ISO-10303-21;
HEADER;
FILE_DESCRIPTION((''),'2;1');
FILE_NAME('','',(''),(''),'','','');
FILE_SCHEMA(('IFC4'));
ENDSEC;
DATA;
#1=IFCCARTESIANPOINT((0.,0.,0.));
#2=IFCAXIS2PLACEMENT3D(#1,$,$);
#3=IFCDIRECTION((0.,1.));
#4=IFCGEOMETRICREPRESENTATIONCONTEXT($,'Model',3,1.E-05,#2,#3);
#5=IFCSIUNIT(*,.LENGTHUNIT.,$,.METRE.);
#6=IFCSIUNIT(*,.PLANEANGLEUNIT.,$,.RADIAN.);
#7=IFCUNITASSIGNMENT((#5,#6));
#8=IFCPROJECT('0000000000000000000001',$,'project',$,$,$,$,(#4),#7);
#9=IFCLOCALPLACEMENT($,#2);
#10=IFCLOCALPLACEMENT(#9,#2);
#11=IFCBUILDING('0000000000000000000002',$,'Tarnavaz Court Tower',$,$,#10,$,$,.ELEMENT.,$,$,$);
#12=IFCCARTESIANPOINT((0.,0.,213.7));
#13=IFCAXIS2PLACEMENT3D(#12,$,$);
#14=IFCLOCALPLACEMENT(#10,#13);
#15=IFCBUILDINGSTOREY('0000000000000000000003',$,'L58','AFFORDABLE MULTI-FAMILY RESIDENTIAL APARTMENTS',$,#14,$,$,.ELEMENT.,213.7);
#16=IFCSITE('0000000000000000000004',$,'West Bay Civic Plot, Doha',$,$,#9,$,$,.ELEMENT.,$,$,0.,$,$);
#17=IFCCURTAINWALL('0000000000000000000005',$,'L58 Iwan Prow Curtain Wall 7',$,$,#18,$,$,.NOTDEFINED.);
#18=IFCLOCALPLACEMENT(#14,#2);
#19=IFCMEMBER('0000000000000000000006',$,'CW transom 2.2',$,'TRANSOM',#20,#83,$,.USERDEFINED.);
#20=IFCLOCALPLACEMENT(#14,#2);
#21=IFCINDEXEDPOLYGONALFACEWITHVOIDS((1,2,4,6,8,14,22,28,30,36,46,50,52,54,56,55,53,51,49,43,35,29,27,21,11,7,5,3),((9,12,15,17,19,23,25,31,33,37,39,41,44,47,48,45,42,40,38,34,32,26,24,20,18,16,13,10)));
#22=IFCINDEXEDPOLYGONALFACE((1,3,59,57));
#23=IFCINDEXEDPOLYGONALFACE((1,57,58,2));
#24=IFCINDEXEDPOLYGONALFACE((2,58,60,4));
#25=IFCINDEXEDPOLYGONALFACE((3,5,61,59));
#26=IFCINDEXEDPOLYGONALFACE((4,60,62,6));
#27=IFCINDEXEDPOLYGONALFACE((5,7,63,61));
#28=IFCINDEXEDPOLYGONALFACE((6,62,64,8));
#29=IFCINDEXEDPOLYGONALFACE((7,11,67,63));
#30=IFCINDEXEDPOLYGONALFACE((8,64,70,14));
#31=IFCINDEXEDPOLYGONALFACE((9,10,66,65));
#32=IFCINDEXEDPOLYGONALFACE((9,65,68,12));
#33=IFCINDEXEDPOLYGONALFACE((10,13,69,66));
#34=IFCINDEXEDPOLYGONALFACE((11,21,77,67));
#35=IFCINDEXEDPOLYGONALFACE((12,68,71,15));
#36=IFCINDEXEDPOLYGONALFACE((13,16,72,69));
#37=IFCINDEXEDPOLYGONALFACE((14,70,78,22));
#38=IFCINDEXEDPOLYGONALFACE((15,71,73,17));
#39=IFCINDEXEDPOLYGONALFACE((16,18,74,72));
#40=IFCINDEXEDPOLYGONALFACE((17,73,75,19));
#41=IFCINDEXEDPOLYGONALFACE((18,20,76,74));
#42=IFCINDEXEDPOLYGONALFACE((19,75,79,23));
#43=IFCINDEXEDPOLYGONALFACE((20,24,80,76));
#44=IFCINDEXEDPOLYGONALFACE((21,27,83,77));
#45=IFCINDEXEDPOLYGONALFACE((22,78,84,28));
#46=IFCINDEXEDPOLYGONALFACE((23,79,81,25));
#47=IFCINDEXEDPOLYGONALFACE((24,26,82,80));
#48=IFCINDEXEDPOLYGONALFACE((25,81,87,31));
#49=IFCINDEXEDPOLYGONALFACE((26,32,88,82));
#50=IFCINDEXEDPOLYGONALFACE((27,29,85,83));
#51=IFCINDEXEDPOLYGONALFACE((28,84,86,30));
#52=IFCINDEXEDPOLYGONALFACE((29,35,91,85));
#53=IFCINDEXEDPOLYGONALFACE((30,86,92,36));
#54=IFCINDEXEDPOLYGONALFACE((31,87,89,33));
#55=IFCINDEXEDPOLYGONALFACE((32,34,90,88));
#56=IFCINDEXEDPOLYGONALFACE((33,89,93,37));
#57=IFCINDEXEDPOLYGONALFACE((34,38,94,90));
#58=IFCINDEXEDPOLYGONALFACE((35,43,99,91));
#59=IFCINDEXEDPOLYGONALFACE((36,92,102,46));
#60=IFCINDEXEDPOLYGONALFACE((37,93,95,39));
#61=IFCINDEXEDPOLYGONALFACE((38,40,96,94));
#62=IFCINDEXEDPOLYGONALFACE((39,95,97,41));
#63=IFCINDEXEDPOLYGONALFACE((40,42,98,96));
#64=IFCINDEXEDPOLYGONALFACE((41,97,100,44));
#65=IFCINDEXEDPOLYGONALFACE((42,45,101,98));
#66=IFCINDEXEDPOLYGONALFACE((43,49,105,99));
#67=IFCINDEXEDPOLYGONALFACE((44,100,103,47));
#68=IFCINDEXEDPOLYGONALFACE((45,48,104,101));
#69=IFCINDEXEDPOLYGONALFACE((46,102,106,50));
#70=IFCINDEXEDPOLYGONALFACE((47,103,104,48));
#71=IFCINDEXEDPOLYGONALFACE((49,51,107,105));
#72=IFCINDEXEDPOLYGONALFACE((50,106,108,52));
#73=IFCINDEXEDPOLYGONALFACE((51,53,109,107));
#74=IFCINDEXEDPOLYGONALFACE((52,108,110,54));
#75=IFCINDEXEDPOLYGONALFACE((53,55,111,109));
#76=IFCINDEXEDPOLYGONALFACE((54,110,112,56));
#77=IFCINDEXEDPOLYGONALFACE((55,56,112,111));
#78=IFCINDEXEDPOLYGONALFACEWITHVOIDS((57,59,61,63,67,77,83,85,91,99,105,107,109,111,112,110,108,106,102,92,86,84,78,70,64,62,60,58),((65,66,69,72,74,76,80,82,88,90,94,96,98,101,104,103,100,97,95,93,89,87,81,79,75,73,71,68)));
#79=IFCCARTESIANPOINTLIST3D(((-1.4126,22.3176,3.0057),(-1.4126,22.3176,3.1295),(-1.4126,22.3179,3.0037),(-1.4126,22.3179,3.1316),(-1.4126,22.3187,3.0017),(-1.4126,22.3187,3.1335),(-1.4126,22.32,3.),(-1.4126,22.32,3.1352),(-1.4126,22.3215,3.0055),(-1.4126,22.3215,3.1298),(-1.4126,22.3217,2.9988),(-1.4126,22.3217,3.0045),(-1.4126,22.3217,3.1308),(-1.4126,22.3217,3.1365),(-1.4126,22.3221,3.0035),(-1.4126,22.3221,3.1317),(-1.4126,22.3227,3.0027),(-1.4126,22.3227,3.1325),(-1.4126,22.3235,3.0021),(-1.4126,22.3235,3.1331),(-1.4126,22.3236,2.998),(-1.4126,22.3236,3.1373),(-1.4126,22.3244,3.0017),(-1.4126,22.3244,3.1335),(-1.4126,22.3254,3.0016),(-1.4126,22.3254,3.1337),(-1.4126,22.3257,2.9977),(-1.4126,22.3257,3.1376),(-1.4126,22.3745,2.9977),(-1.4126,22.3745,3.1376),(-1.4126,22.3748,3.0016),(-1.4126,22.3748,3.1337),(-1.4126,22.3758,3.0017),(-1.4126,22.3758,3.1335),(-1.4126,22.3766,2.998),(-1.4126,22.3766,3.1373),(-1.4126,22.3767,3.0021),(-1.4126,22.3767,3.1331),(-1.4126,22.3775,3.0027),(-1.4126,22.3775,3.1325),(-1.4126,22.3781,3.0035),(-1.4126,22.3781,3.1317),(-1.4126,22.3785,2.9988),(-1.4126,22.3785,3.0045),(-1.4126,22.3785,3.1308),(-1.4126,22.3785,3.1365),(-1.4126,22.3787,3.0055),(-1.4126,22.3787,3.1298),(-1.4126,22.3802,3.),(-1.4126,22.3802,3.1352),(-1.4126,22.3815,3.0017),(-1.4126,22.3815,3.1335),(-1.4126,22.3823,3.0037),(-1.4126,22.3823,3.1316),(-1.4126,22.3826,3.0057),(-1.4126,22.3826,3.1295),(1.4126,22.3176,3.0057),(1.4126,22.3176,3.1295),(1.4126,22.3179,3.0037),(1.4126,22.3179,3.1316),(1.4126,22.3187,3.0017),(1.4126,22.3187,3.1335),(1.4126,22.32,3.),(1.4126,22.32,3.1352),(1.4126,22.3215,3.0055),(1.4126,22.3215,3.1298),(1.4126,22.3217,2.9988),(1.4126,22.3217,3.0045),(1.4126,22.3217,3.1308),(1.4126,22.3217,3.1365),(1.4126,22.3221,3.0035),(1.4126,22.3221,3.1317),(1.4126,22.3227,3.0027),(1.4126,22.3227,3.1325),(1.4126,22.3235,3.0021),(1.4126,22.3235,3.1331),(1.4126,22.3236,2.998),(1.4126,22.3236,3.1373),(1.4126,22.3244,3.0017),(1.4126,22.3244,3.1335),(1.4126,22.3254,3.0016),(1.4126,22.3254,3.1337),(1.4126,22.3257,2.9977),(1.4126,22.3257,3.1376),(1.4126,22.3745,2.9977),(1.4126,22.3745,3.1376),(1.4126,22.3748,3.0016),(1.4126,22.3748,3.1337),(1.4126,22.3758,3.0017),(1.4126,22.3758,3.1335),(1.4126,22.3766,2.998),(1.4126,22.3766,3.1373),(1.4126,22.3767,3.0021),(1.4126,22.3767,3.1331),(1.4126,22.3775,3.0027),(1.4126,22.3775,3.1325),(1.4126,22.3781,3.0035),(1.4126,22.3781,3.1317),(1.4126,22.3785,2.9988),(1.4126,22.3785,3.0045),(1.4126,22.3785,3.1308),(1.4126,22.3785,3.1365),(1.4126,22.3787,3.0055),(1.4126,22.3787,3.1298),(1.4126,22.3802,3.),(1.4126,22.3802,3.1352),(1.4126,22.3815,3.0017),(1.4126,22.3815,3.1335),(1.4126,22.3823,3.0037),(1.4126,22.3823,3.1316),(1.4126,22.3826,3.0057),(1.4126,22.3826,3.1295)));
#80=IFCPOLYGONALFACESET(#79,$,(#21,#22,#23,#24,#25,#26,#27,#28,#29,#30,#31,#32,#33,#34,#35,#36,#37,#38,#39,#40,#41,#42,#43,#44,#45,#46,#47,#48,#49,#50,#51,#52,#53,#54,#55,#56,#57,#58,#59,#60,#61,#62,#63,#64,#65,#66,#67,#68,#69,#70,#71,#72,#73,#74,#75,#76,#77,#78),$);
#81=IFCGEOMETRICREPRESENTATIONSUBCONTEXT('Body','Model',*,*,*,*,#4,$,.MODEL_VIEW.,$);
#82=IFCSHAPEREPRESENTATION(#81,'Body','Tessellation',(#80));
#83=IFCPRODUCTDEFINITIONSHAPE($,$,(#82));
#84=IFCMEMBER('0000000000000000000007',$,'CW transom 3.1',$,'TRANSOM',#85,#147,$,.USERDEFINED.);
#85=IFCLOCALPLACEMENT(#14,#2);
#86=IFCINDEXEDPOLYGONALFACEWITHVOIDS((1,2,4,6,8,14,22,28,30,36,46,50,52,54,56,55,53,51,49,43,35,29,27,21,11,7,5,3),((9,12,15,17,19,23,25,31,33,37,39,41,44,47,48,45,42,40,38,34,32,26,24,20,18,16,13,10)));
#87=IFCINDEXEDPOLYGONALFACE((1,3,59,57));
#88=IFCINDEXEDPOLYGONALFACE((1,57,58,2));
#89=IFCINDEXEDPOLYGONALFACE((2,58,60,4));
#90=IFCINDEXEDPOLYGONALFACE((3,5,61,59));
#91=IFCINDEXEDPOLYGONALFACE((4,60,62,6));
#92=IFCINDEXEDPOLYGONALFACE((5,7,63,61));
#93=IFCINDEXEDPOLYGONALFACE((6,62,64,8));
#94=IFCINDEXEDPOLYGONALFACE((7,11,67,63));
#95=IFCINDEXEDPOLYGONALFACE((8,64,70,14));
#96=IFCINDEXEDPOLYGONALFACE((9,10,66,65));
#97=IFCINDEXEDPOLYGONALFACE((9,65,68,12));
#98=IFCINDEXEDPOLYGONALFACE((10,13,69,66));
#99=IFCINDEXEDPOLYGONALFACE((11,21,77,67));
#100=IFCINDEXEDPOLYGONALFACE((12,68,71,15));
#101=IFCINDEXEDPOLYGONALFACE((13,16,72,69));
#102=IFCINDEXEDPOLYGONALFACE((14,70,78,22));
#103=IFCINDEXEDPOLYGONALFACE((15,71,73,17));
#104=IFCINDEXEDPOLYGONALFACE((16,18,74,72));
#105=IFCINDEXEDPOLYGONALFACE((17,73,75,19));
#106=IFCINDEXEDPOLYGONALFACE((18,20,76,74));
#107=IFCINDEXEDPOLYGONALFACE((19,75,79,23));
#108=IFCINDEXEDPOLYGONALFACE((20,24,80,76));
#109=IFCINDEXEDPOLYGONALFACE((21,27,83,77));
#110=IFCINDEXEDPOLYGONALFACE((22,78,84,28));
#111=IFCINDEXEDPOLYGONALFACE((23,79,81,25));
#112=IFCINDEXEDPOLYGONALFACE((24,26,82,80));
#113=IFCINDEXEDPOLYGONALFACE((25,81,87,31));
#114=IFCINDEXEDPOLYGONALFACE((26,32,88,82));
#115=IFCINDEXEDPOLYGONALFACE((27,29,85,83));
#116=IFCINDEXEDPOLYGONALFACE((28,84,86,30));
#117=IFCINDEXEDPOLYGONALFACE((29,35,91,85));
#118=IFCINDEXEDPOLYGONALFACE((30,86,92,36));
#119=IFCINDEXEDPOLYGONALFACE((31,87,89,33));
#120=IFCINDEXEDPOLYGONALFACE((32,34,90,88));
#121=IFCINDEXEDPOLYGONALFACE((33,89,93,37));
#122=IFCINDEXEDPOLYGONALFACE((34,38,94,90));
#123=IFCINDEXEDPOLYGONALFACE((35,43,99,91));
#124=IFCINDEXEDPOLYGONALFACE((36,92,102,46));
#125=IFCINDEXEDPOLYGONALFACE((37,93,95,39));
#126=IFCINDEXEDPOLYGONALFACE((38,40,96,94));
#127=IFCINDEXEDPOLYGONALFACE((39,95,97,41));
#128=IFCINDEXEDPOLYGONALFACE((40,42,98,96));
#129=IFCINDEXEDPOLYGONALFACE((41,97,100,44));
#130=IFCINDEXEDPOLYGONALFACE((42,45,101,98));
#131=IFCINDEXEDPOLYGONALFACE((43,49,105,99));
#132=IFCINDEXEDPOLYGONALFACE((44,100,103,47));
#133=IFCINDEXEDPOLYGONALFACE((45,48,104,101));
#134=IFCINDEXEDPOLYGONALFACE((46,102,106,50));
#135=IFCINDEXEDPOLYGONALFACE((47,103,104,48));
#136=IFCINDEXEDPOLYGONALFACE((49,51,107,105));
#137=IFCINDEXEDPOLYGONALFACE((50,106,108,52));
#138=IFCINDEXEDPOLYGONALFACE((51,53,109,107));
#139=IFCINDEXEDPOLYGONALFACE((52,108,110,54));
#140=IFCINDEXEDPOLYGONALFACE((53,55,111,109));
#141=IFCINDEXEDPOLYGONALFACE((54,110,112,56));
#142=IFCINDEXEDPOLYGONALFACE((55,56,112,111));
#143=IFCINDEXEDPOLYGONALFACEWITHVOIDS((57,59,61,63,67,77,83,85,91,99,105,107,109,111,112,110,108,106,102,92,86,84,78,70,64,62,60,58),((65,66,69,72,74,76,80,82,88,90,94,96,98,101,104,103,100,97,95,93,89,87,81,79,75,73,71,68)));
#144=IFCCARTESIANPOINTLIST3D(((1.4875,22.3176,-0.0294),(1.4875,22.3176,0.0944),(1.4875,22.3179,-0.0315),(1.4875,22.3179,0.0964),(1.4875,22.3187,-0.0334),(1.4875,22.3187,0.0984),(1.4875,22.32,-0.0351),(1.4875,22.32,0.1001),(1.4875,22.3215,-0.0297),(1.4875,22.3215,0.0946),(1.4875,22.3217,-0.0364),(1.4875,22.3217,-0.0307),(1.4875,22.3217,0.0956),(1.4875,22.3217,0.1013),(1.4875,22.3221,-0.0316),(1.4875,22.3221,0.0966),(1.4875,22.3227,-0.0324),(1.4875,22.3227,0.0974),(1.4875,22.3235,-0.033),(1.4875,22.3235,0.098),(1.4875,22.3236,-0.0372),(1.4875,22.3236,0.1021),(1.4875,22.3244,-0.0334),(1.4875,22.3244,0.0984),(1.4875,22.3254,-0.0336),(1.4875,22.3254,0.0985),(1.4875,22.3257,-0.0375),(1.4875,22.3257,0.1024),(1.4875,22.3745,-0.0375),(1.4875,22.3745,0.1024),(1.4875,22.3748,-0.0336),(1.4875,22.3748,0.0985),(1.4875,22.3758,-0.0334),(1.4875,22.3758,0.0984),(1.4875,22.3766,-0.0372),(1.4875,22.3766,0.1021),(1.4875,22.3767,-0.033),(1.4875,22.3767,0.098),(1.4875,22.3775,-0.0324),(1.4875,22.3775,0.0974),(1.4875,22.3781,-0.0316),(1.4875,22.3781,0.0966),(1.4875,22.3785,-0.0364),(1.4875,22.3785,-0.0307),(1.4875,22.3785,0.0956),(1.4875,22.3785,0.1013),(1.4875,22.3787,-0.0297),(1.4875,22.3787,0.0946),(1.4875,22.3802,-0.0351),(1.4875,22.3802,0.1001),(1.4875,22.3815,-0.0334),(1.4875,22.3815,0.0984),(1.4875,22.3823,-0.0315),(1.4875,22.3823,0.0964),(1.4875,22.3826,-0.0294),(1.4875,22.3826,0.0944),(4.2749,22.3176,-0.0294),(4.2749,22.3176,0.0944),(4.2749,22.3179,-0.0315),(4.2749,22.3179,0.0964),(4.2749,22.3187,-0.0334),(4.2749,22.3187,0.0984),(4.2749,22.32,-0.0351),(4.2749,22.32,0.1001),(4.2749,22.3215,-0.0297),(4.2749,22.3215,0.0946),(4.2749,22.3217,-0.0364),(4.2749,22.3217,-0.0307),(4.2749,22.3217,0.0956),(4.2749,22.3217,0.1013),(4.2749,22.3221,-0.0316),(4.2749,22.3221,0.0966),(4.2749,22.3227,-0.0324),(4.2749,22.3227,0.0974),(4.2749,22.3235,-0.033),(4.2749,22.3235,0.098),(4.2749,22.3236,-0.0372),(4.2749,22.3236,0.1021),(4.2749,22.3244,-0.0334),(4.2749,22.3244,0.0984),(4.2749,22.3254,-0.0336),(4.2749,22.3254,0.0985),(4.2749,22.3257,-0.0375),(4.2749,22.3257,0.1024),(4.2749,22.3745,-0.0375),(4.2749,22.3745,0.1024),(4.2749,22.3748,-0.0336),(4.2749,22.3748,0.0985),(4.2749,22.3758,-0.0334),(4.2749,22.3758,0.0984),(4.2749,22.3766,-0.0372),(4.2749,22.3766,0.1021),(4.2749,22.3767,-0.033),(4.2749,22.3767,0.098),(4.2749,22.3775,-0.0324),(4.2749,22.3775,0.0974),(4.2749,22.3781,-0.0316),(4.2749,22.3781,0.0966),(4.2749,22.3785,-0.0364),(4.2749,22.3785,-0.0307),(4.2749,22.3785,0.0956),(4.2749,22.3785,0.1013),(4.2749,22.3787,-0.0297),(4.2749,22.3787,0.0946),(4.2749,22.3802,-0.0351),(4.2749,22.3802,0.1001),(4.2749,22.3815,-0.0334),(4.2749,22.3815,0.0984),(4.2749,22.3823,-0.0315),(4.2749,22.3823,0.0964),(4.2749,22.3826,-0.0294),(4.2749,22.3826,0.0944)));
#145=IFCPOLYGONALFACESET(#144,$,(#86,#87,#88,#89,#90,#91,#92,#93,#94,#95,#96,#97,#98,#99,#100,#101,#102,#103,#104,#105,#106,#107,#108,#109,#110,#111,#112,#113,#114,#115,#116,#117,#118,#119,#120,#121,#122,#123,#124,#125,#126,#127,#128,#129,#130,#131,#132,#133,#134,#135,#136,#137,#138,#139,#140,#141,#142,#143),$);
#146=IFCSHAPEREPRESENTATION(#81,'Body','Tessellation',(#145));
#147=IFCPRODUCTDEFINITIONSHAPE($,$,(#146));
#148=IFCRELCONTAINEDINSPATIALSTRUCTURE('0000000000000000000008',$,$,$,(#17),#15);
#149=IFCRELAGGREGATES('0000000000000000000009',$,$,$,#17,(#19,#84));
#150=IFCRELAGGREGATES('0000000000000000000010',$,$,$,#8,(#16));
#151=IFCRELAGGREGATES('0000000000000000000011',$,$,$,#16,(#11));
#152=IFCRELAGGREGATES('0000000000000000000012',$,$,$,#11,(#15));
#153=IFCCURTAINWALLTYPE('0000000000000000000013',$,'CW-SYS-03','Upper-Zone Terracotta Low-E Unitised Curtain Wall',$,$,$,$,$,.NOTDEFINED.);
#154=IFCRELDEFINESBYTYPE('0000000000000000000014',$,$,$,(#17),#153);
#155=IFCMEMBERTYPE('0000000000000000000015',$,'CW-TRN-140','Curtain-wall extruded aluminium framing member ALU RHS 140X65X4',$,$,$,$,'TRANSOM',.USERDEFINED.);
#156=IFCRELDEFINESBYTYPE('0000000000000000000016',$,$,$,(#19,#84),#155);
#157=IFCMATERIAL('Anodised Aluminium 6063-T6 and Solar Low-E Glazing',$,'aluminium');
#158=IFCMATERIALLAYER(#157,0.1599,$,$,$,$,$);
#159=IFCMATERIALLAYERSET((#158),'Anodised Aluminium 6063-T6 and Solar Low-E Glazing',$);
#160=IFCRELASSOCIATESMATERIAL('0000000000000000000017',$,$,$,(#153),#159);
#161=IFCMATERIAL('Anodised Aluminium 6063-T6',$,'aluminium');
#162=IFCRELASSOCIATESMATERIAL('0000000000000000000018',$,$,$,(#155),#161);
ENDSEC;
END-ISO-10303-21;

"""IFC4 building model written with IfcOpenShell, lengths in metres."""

from ifc_helpers import new_model, si_unit, direction, frame, origin, origin_2d, place, context, subcontext, project, spatial, hollow_rectangle, extrude, material, layer, layer_set, material_profile, profile_set, type_object, element, aggregate, save


model = new_model("IFC4")

# Units and contexts
model_context = context("Model", 3, precision=1e-05, world=origin(), true_north=direction((0.0, 1.0)))
body_context = subcontext(model_context, "Body", "Model", "MODEL_VIEW")
ifc_project = project(units=[si_unit("LENGTHUNIT", "METRE"), si_unit("PLANEANGLEUNIT", "RADIAN")], contexts=[model_context])

# Site, building, storey
site_placement = place(None, origin())
site = spatial("IfcSite", under=ifc_project, at=site_placement, Name="West Bay Civic Plot, Doha", CompositionType="ELEMENT", RefElevation=0.0)
building_placement = place(site_placement, origin())
building = spatial("IfcBuilding", under=site, at=building_placement, Name="Tarnavaz Court Tower", CompositionType="ELEMENT")
storey_placement = place(building_placement, frame((0.0, 0.0, 213.7)))
storey = spatial("IfcBuildingStorey", under=building, at=storey_placement, Name="L58", Description="AFFORDABLE MULTI-FAMILY RESIDENTIAL APARTMENTS", CompositionType="ELEMENT", Elevation=213.7)

# Curtain wall, members
ifc_material_1 = material(Name="Anodised Aluminium 6063-T6 and Solar Low-E Glazing", Category="aluminium")
ifc_layer_1 = layer(ifc_material_1, 0.1599)
ifc_layer_set_1 = layer_set([ifc_layer_1], Name="Anodised Aluminium 6063-T6 and Solar Low-E Glazing")
curtain_wall_type = type_object("IfcCurtainWallType", Name="CW-SYS-03", Description="Upper-Zone Terracotta Low-E Unitised Curtain Wall", PredefinedType="NOTDEFINED", material=ifc_layer_set_1)
curtain_wall_placement = place(storey_placement, origin())
curtain_wall = element("IfcCurtainWall", 1, at=curtain_wall_placement, inside=storey, type_object=curtain_wall_type, Name="L58 Iwan Prow Curtain Wall 7", PredefinedType="NOTDEFINED")
ifc_material_2 = material(Name="Anodised Aluminium 6063-T6", Category="aluminium")
ifc_material_profile_1 = material_profile(ifc_material_2, hollow_rectangle(XDim=0.0649, YDim=0.1399, WallThickness=0.0039, InnerFilletRadius=0.0039, OuterFilletRadius=0.0081, at=origin_2d()), Name="ALU RHS 140X65X4")
ifc_profile_set_1 = profile_set([ifc_material_profile_1], Name="Anodised Aluminium 6063-T6")
member_type_1 = type_object("IfcMemberType", Name="CW-TRN-140", Description="Curtain-wall extruded aluminium framing member ALU RHS 140X65X4", ElementType="TRANSOM", PredefinedType="USERDEFINED", material=ifc_profile_set_1)
member_1_placement = place(storey_placement, frame((-1.4126, 22.3501, 3.0676), z_axis=(1.0, 0.0, 0.0), x_axis=(0.0, 1.0, 0.0)))
member_1 = element("IfcMember", 2, at=member_1_placement, type_object=member_type_1, Name="CW transom 2.2", ObjectType="TRANSOM", PredefinedType="USERDEFINED", context=body_context, shape_type="SweptSolid", body=[
    extrude(hollow_rectangle(XDim=0.0649, YDim=0.1399, WallThickness=0.0039, InnerFilletRadius=0.0039, OuterFilletRadius=0.0081, at=origin_2d()), origin(), (0.0, 0.0, 1.0), 2.8252),
])
member_2_placement = place(storey_placement, frame((1.4875, 22.3501, 0.0325), z_axis=(1.0, 0.0, 0.0), x_axis=(0.0, 1.0, 0.0)))
member_2 = element("IfcMember", 3, at=member_2_placement, type_object=member_type_1, Name="CW transom 3.1", ObjectType="TRANSOM", PredefinedType="USERDEFINED", context=body_context, shape_type="SweptSolid", body=[
    extrude(hollow_rectangle(XDim=0.0649, YDim=0.1399, WallThickness=0.0039, InnerFilletRadius=0.0039, OuterFilletRadius=0.0081, at=origin_2d()), origin(), (0.0, 0.0, 1.0), 2.7874),
])
aggregate(curtain_wall, [member_1, member_2])

save(model, "model.ifc")
